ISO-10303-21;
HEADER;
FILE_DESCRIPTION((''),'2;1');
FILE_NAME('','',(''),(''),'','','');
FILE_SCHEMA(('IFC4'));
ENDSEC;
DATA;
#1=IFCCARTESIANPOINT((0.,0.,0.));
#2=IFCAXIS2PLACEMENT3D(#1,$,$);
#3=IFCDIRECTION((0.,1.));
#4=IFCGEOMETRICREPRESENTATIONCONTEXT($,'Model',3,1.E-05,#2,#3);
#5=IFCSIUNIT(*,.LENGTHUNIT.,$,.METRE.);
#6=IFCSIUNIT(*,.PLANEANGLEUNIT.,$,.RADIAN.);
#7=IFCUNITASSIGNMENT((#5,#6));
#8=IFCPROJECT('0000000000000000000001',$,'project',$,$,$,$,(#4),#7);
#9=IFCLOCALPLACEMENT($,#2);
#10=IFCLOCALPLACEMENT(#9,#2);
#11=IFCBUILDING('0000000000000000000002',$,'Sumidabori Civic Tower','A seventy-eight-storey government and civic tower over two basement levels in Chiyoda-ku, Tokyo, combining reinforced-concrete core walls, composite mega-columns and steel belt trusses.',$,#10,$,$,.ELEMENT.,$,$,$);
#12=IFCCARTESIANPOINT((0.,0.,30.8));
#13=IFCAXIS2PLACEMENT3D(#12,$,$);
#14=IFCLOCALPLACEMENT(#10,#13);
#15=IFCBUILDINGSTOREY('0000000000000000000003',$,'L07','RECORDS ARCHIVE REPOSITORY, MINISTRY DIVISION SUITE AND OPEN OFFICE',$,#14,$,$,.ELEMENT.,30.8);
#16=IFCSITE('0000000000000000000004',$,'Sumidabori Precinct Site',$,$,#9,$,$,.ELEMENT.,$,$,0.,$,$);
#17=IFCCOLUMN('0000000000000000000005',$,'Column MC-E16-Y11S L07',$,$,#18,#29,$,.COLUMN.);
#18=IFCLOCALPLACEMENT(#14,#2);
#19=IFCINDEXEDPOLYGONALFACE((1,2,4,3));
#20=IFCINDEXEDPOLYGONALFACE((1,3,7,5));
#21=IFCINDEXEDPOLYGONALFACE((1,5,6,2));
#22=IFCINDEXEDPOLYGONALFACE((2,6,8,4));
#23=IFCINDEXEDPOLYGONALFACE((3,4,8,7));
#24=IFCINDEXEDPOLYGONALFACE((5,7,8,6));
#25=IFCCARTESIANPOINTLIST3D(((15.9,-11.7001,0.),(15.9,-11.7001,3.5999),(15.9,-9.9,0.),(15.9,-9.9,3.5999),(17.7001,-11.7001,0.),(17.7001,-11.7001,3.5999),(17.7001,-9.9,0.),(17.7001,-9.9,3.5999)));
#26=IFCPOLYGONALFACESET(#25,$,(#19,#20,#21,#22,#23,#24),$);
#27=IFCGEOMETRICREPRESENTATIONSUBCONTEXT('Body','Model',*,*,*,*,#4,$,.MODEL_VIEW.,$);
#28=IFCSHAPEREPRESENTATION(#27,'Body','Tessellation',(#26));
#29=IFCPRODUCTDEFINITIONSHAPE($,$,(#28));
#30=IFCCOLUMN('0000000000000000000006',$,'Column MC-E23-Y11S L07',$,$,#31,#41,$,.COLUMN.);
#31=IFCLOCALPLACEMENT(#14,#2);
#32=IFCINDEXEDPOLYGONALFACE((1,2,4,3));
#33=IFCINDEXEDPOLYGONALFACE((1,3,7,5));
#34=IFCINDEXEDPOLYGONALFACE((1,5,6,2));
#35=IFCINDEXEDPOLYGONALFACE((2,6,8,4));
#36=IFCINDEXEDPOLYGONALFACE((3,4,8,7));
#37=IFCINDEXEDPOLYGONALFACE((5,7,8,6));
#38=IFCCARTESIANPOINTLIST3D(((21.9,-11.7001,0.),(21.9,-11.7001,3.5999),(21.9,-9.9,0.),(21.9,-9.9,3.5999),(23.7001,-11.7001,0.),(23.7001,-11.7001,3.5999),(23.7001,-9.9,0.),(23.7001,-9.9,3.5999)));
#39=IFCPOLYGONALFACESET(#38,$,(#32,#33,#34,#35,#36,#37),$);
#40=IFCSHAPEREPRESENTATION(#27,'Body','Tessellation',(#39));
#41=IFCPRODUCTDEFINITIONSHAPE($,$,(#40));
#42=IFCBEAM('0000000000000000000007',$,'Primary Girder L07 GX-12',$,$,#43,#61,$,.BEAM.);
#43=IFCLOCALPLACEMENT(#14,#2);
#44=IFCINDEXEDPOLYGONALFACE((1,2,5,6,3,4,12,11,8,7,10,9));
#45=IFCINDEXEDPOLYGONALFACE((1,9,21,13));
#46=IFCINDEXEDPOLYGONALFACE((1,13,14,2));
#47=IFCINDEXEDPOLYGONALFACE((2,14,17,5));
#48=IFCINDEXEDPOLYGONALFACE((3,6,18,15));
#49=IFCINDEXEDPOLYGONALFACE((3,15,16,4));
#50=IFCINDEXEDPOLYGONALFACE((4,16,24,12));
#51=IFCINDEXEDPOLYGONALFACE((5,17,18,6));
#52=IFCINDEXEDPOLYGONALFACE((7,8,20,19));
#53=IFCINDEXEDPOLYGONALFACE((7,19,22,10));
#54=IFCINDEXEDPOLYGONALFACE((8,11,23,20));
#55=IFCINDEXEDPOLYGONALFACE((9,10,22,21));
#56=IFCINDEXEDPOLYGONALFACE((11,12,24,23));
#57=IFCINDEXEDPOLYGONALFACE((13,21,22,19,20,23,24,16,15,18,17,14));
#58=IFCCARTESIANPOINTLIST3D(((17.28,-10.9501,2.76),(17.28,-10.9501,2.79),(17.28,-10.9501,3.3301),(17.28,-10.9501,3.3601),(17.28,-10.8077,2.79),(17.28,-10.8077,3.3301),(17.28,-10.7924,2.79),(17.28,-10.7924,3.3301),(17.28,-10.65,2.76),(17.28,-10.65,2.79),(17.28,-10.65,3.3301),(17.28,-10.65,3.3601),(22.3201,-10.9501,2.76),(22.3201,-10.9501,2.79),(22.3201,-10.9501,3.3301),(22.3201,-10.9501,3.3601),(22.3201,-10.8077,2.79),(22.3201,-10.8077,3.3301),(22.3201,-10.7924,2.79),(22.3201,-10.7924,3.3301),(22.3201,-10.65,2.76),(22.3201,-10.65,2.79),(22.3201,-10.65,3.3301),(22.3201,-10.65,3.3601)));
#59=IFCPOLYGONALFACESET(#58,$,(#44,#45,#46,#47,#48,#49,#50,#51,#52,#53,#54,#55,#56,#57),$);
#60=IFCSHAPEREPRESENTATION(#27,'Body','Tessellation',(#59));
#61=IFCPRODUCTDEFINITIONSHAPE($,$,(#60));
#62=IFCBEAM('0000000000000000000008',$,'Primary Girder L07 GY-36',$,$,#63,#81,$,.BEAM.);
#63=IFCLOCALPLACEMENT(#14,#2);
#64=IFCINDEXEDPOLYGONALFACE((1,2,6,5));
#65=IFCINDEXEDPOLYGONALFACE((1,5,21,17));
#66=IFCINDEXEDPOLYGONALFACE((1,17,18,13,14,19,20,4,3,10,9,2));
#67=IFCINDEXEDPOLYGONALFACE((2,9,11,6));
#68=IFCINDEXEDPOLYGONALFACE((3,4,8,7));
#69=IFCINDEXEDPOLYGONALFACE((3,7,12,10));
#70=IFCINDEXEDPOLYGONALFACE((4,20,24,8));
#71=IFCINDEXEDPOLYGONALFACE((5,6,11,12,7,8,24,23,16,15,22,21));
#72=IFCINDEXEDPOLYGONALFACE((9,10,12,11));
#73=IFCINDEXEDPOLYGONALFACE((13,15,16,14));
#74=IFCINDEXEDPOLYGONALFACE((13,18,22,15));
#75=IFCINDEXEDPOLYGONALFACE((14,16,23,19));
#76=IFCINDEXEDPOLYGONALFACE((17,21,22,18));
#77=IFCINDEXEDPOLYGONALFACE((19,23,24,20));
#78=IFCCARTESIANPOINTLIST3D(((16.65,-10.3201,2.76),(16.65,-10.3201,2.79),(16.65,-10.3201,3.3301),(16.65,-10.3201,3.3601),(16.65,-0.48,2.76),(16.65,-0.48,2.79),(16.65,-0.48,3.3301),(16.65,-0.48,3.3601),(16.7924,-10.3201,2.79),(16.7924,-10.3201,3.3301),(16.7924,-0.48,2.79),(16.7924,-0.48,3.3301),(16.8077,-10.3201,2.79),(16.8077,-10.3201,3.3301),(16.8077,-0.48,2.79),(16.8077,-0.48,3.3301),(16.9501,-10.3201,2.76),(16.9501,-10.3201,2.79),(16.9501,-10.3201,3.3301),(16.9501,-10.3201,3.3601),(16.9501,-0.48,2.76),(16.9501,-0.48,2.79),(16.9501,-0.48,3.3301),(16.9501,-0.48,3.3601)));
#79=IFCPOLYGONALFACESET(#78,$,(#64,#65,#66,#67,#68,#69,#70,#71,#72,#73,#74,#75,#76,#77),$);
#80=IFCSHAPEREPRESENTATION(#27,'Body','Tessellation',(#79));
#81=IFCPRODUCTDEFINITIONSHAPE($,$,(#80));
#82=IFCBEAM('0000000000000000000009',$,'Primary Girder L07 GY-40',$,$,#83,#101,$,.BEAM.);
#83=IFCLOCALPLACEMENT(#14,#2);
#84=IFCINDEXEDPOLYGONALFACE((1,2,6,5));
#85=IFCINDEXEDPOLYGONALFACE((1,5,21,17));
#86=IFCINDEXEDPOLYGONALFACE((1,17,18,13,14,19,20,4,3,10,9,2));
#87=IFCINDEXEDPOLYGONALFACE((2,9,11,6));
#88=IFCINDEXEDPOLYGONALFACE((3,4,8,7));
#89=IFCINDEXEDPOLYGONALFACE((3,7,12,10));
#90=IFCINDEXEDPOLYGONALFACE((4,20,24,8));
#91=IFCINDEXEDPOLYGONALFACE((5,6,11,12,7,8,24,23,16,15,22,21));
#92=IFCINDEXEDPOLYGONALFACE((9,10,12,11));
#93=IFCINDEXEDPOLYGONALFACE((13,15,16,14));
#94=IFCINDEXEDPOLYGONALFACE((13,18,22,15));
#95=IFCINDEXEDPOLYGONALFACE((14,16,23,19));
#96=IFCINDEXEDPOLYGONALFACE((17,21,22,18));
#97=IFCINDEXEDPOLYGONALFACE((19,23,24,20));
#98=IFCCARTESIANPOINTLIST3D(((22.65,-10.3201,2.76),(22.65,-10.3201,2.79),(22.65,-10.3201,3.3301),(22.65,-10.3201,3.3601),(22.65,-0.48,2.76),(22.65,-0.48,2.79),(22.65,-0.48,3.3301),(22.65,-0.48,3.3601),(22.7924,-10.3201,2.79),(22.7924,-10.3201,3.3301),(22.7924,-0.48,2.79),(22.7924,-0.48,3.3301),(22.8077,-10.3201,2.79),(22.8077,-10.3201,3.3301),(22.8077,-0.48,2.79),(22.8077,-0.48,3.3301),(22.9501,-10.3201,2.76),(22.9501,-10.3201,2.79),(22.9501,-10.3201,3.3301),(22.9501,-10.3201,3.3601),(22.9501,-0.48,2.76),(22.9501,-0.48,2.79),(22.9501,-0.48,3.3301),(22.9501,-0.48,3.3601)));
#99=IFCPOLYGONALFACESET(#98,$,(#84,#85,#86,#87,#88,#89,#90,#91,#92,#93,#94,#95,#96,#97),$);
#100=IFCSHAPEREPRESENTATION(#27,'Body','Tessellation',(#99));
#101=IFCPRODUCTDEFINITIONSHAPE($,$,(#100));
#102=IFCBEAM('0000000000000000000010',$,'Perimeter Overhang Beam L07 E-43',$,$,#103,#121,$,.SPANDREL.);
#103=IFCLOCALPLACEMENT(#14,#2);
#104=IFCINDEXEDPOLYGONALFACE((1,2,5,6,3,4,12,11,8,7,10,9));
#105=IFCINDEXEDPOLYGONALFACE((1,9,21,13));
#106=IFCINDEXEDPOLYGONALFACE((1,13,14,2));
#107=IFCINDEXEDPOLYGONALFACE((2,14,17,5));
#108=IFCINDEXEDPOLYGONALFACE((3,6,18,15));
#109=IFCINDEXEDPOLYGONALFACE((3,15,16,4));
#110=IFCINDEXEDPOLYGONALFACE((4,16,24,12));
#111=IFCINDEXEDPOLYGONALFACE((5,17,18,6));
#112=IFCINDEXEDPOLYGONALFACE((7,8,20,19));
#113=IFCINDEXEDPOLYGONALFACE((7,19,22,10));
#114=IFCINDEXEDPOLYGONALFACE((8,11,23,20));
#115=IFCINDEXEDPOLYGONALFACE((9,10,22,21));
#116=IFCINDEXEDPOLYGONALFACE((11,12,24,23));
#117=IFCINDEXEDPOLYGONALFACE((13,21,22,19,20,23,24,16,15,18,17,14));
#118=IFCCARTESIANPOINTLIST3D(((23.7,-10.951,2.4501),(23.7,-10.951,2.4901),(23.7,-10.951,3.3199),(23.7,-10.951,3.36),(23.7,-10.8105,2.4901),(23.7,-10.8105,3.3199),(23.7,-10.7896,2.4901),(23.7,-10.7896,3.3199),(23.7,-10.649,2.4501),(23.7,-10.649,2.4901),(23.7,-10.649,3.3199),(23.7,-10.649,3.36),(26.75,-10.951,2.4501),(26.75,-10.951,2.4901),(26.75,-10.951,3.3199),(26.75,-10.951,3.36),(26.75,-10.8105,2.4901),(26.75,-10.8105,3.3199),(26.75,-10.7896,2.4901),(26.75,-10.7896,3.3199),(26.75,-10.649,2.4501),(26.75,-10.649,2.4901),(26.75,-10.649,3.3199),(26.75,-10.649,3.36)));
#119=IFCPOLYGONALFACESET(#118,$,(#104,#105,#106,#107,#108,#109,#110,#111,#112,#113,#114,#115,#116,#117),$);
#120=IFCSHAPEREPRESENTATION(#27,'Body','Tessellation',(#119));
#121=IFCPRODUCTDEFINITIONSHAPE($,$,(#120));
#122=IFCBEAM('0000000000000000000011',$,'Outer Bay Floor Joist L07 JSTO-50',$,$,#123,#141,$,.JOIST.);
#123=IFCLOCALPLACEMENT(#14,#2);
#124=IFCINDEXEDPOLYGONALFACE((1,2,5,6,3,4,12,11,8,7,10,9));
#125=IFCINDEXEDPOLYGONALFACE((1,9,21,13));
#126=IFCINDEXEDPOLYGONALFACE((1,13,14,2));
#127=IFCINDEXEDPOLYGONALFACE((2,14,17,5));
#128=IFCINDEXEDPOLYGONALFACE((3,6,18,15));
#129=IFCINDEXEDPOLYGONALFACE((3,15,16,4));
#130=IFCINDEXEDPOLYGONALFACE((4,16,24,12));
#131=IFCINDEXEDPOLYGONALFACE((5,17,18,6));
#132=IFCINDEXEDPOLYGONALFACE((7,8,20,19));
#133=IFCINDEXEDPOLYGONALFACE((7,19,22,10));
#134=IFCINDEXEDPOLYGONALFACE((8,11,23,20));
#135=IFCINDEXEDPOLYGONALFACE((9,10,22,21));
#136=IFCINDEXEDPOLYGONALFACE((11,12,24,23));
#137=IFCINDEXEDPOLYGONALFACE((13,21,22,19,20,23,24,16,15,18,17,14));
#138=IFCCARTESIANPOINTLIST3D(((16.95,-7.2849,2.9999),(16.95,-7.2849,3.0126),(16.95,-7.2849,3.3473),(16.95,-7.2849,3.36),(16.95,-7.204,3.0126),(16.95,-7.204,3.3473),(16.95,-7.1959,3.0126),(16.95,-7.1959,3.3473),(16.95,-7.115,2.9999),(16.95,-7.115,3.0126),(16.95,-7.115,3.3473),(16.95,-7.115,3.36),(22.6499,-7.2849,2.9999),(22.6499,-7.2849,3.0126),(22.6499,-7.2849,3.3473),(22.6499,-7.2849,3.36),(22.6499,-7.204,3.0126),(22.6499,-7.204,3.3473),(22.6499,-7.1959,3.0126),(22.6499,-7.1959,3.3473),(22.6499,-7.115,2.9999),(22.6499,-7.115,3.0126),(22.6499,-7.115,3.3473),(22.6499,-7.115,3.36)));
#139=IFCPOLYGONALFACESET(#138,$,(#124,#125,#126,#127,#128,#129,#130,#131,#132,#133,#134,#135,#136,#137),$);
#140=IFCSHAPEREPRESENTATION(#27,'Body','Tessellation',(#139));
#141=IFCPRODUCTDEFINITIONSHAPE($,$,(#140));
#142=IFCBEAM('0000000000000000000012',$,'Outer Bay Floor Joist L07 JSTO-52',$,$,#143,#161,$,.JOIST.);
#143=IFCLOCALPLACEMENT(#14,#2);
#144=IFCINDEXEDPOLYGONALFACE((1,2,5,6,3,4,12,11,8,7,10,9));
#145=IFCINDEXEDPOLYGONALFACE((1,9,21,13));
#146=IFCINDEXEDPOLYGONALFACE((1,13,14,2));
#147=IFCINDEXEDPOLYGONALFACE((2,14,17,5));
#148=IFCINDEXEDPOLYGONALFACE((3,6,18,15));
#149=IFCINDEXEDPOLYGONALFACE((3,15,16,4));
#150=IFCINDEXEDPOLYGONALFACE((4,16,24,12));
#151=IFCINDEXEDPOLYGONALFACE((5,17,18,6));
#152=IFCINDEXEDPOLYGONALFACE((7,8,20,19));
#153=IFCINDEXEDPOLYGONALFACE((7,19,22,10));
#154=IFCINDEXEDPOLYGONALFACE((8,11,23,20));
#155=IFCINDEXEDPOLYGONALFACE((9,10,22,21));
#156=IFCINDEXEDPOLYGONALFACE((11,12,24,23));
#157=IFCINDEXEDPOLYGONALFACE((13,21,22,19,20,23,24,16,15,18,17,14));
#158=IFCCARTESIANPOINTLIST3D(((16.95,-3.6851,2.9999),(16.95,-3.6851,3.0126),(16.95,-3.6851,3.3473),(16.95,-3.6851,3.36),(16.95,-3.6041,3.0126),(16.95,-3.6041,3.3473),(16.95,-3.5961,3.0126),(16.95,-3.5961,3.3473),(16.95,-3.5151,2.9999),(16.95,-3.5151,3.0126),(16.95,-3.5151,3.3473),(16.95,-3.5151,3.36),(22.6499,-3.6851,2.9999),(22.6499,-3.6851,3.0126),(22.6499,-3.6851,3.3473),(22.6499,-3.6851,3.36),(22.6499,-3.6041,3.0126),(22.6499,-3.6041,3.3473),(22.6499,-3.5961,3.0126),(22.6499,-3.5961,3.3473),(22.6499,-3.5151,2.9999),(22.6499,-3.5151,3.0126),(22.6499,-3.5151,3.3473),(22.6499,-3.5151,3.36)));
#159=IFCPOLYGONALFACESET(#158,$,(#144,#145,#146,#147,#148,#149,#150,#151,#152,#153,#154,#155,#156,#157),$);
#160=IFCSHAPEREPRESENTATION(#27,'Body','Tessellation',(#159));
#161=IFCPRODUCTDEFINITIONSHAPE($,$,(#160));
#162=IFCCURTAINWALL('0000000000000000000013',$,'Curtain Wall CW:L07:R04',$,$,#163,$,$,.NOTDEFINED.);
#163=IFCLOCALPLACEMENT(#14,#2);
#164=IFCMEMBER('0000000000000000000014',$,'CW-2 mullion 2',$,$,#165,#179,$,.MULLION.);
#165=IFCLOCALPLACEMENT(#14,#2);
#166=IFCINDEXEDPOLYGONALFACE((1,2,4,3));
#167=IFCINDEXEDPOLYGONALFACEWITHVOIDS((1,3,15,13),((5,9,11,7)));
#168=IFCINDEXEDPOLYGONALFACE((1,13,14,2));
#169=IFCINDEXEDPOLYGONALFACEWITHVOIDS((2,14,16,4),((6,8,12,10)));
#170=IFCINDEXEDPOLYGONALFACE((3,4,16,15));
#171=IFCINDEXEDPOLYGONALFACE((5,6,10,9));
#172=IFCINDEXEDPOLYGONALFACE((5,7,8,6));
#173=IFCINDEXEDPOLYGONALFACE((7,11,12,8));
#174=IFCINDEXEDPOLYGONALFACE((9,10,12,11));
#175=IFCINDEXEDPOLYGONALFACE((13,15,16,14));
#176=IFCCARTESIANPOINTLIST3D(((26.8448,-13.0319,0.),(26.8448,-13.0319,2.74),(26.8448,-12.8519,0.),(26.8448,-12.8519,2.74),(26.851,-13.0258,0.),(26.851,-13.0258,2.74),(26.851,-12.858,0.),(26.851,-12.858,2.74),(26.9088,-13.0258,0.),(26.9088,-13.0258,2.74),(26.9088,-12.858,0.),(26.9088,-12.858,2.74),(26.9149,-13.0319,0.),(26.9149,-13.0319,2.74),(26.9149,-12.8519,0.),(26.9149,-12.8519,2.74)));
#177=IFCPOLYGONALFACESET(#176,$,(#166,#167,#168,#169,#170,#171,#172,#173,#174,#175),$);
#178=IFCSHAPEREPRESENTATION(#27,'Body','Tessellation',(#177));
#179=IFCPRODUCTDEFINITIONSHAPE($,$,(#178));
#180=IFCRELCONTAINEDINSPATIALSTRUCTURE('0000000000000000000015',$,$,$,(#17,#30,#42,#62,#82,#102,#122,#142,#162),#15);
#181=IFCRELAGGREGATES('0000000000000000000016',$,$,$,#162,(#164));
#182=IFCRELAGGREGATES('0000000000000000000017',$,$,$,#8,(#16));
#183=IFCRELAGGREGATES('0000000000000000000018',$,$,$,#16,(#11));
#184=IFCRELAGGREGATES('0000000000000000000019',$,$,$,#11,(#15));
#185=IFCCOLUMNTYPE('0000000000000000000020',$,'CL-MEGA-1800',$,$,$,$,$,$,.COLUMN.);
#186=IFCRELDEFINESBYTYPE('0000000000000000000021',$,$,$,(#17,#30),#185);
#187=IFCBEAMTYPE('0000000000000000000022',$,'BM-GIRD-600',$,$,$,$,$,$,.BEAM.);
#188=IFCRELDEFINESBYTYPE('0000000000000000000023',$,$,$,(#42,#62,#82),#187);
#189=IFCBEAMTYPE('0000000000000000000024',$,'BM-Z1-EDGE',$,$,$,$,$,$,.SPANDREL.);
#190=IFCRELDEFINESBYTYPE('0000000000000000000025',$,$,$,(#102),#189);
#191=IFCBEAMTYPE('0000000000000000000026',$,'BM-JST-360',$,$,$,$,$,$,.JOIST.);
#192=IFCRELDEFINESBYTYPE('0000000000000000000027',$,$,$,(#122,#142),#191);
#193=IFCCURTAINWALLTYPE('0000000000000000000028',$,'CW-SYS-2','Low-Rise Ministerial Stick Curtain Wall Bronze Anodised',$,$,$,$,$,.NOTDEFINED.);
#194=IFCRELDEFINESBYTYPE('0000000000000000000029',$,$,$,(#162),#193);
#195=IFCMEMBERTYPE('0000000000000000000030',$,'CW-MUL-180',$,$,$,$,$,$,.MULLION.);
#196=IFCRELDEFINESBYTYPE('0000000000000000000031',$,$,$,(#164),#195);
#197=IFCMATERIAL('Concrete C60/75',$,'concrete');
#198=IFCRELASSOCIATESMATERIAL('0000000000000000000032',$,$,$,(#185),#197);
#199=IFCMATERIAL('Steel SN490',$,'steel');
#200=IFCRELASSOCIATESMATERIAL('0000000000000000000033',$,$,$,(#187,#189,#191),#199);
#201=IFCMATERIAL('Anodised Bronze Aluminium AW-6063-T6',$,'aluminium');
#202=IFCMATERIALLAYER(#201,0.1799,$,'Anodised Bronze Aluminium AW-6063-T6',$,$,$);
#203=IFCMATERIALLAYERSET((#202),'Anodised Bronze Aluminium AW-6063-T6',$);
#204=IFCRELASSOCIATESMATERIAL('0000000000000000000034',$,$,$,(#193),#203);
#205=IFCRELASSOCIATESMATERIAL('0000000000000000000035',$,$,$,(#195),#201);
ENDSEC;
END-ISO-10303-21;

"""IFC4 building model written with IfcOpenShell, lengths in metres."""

from ifc_helpers import new_model, si_unit, direction, frame, origin, origin_2d, place, context, subcontext, project, spatial, rectangle, hollow_rectangle, i_section, extrude, source, transform, mapped, material, layer, layer_set, material_profile, profile_set, type_object, element, aggregate, save


model = new_model("IFC4")

# Units and contexts
model_context = context("Model", 3, precision=1e-05, world=origin(), true_north=direction((0.0, 1.0)))
body_context = subcontext(model_context, "Body", "Model", "MODEL_VIEW")
ifc_project = project(units=[si_unit("LENGTHUNIT", "METRE"), si_unit("PLANEANGLEUNIT", "RADIAN")], contexts=[model_context])

# Site, building, storey
site_placement = place(None, origin())
site = spatial("IfcSite", under=ifc_project, at=site_placement, Name="Sumidabori Precinct Site", CompositionType="ELEMENT", RefElevation=0.0)
building_placement = place(site_placement, origin())
building = spatial("IfcBuilding", under=site, at=building_placement, Name="Sumidabori Civic Tower", Description="A seventy-eight-storey government and civic tower over two basement levels in Chiyoda-ku, Tokyo, combining reinforced-concrete core walls, composite mega-columns and steel belt trusses.", CompositionType="ELEMENT")
storey_placement = place(building_placement, frame((0.0, 0.0, 30.8)))
storey = spatial("IfcBuildingStorey", under=building, at=storey_placement, Name="L07", Description="RECORDS ARCHIVE REPOSITORY, MINISTRY DIVISION SUITE AND OPEN OFFICE", CompositionType="ELEMENT", Elevation=30.8)

# Columns
ifc_material_1 = material(Name="Concrete C60/75", Category="concrete")
ifc_material_profile_1 = material_profile(ifc_material_1, rectangle(XDim=1.8, YDim=1.8, at=origin_2d()), Name="RC 1800x1800")
ifc_profile_set_1 = profile_set([ifc_material_profile_1], Name="Concrete C60/75")
column_type = type_object("IfcColumnType", Name="CL-MEGA-1800", PredefinedType="COLUMN", material=ifc_profile_set_1)
shared_shape_1 = source(origin(), body_context, "Body", "SweptSolid", [
    extrude(rectangle(XDim=1.8, YDim=1.8, at=origin_2d()), origin(), (0.0, 0.0, 1.0), 3.5999),
])
for number, where, z_axis, x_axis, name in (
    (1, (16.8, -10.8, 0.0), (0.0, 0.0, 1.0), (1.0, 0.0, 0.0), "Column MC-E16-Y11S L07"),
    (2, (22.8, -10.8, 0.0), (0.0, 0.0, 1.0), (1.0, 0.0, 0.0), "Column MC-E23-Y11S L07"),
):
    element("IfcColumn", number, at=place(storey_placement, frame(where, z_axis=z_axis, x_axis=x_axis)), inside=storey, type_object=column_type, Name=name, PredefinedType="COLUMN", context=body_context, shape_type="MappedRepresentation", body=[
        mapped(shared_shape_1, transform((0.0, 0.0, 0.0), x_axis=(1.0, 0.0, 0.0), y_axis=(0.0, 1.0, 0.0), z_axis=(0.0, 0.0, 1.0), scale=1.0)),
    ])

# Beams
ifc_material_2 = material(Name="Steel SN490", Category="steel")
ifc_material_profile_2 = material_profile(ifc_material_2, i_section(OverallWidth=0.3, OverallDepth=0.6001, WebThickness=0.0154, FlangeThickness=0.03, at=origin_2d()), Name="HE 600 B")
ifc_profile_set_2 = profile_set([ifc_material_profile_2], Name="Steel SN490")
beam_type_1 = type_object("IfcBeamType", Name="BM-GIRD-600", PredefinedType="BEAM", material=ifc_profile_set_2)
shared_shape_2 = source(origin(), body_context, "Body", "SweptSolid", [
    extrude(i_section(OverallWidth=0.3, OverallDepth=0.6001, WebThickness=0.0154, FlangeThickness=0.03, at=origin_2d()), origin(), (0.0, 0.0, 1.0), 5.04),
])
beam_1_placement = place(storey_placement, frame((17.28, -10.8, 3.0601), z_axis=(1.0, 0.0, 0.0), x_axis=(0.0, 1.0, 0.0)))
element("IfcBeam", 3, at=beam_1_placement, inside=storey, type_object=beam_type_1, Name="Primary Girder L07 GX-12", PredefinedType="BEAM", context=body_context, shape_type="MappedRepresentation", body=[
    mapped(shared_shape_2, transform((0.0, 0.0, 0.0), x_axis=(1.0, 0.0, 0.0), y_axis=(0.0, 1.0, 0.0), z_axis=(0.0, 0.0, 1.0), scale=1.0)),
])
shared_shape_3 = source(origin(), body_context, "Body", "SweptSolid", [
    extrude(i_section(OverallWidth=0.3, OverallDepth=0.6001, WebThickness=0.0154, FlangeThickness=0.03, at=origin_2d()), origin(), (0.0, 0.0, 1.0), 9.8401),
])
for number, where, z_axis, x_axis, name in (
    (4, (16.8, -10.3201, 3.0601), (0.0, 1.0, 0.0), (-1.0, 0.0, 0.0), "Primary Girder L07 GY-36"),
    (5, (22.8, -10.3201, 3.0601), (0.0, 1.0, 0.0), (-1.0, 0.0, 0.0), "Primary Girder L07 GY-40"),
):
    element("IfcBeam", number, at=place(storey_placement, frame(where, z_axis=z_axis, x_axis=x_axis)), inside=storey, type_object=beam_type_1, Name=name, PredefinedType="BEAM", context=body_context, shape_type="MappedRepresentation", body=[
        mapped(shared_shape_3, transform((0.0, 0.0, 0.0), x_axis=(1.0, 0.0, 0.0), y_axis=(0.0, 1.0, 0.0), z_axis=(0.0, 0.0, 1.0), scale=1.0)),
    ])
ifc_material_profile_3 = material_profile(ifc_material_2, i_section(OverallWidth=0.302, OverallDepth=0.9099, WebThickness=0.021, FlangeThickness=0.04, at=origin_2d()), Name="HE 900 M")
ifc_profile_set_3 = profile_set([ifc_material_profile_3], Name="Steel SN490")
beam_type_2 = type_object("IfcBeamType", Name="BM-Z1-EDGE", PredefinedType="SPANDREL", material=ifc_profile_set_3)
shared_shape_4 = source(origin(), body_context, "Body", "SweptSolid", [
    extrude(i_section(OverallWidth=0.302, OverallDepth=0.9099, WebThickness=0.021, FlangeThickness=0.04, at=origin_2d()), origin(), (0.0, 0.0, 1.0), 3.05),
])
beam_2_placement = place(storey_placement, frame((23.7, -10.8, 2.905), z_axis=(1.0, 0.0, 0.0), x_axis=(0.0, 1.0, 0.0)))
element("IfcBeam", 6, at=beam_2_placement, inside=storey, type_object=beam_type_2, Name="Perimeter Overhang Beam L07 E-43", PredefinedType="SPANDREL", context=body_context, shape_type="MappedRepresentation", body=[
    mapped(shared_shape_4, transform((0.0, 0.0, 0.0), x_axis=(1.0, 0.0, 0.0), y_axis=(0.0, 1.0, 0.0), z_axis=(0.0, 0.0, 1.0), scale=1.0)),
])
ifc_material_profile_4 = material_profile(ifc_material_2, i_section(OverallWidth=0.1699, OverallDepth=0.3601, WebThickness=0.0081, FlangeThickness=0.0127, at=origin_2d()), Name="IPE 360")
ifc_profile_set_4 = profile_set([ifc_material_profile_4], Name="Steel SN490")
beam_type_3 = type_object("IfcBeamType", Name="BM-JST-360", PredefinedType="JOIST", material=ifc_profile_set_4)
shared_shape_5 = source(origin(), body_context, "Body", "SweptSolid", [
    extrude(i_section(OverallWidth=0.1699, OverallDepth=0.3601, WebThickness=0.0081, FlangeThickness=0.0127, at=origin_2d()), origin(), (0.0, 0.0, 1.0), 5.7),
])
for number, where, z_axis, x_axis, name in (
    (7, (16.95, -7.2, 3.1799), (1.0, 0.0, 0.0), (0.0, 1.0, 0.0), "Outer Bay Floor Joist L07 JSTO-50"),
    (8, (16.95, -3.6001, 3.1799), (1.0, 0.0, 0.0), (0.0, 1.0, 0.0), "Outer Bay Floor Joist L07 JSTO-52"),
):
    element("IfcBeam", number, at=place(storey_placement, frame(where, z_axis=z_axis, x_axis=x_axis)), inside=storey, type_object=beam_type_3, Name=name, PredefinedType="JOIST", context=body_context, shape_type="MappedRepresentation", body=[
        mapped(shared_shape_5, transform((0.0, 0.0, 0.0), x_axis=(1.0, 0.0, 0.0), y_axis=(0.0, 1.0, 0.0), z_axis=(0.0, 0.0, 1.0), scale=1.0)),
    ])

# Curtain wall, member
ifc_material_3 = material(Name="Anodised Bronze Aluminium AW-6063-T6", Category="aluminium")
ifc_layer_1 = layer(ifc_material_3, 0.1799, Name="Anodised Bronze Aluminium AW-6063-T6")
ifc_layer_set_1 = layer_set([ifc_layer_1], Name="Anodised Bronze Aluminium AW-6063-T6")
curtain_wall_type = type_object("IfcCurtainWallType", Name="CW-SYS-2", Description="Low-Rise Ministerial Stick Curtain Wall Bronze Anodised", PredefinedType="NOTDEFINED", material=ifc_layer_set_1)
curtain_wall_placement = place(storey_placement, origin())
curtain_wall = element("IfcCurtainWall", 9, at=curtain_wall_placement, inside=storey, type_object=curtain_wall_type, Name="Curtain Wall CW:L07:R04", PredefinedType="NOTDEFINED")
ifc_material_profile_5 = material_profile(ifc_material_3, hollow_rectangle(XDim=0.0701, YDim=0.1799, WallThickness=0.0061, at=origin_2d()), Name="ALU MULLION 180x70")
ifc_profile_set_5 = profile_set([ifc_material_profile_5], Name="Anodised Bronze Aluminium AW-6063-T6")
member_type_1 = type_object("IfcMemberType", Name="CW-MUL-180", PredefinedType="MULLION", material=ifc_profile_set_5)
shared_shape_6 = source(origin(), body_context, "Body", "SweptSolid", [
    extrude(hollow_rectangle(XDim=0.0701, YDim=0.1799, WallThickness=0.0061, at=origin_2d()), origin(), (0.0, 0.0, 1.0), 2.74),
])
member_1_placement = place(storey_placement, frame((26.8799, -12.9419, 0.0), z_axis=(0.0, 0.0, 1.0), x_axis=(-1.0, 0.0, 0.0)))
member_1 = element("IfcMember", 10, at=member_1_placement, type_object=member_type_1, Name="CW-2 mullion 2", PredefinedType="MULLION", context=body_context, shape_type="MappedRepresentation", body=[
    mapped(shared_shape_6, transform((0.0, 0.0, 0.0), x_axis=(1.0, 0.0, 0.0), y_axis=(0.0, 1.0, 0.0), z_axis=(0.0, 0.0, 1.0), scale=1.0)),
])
aggregate(curtain_wall, [member_1])

save(model, "model.ifc")
